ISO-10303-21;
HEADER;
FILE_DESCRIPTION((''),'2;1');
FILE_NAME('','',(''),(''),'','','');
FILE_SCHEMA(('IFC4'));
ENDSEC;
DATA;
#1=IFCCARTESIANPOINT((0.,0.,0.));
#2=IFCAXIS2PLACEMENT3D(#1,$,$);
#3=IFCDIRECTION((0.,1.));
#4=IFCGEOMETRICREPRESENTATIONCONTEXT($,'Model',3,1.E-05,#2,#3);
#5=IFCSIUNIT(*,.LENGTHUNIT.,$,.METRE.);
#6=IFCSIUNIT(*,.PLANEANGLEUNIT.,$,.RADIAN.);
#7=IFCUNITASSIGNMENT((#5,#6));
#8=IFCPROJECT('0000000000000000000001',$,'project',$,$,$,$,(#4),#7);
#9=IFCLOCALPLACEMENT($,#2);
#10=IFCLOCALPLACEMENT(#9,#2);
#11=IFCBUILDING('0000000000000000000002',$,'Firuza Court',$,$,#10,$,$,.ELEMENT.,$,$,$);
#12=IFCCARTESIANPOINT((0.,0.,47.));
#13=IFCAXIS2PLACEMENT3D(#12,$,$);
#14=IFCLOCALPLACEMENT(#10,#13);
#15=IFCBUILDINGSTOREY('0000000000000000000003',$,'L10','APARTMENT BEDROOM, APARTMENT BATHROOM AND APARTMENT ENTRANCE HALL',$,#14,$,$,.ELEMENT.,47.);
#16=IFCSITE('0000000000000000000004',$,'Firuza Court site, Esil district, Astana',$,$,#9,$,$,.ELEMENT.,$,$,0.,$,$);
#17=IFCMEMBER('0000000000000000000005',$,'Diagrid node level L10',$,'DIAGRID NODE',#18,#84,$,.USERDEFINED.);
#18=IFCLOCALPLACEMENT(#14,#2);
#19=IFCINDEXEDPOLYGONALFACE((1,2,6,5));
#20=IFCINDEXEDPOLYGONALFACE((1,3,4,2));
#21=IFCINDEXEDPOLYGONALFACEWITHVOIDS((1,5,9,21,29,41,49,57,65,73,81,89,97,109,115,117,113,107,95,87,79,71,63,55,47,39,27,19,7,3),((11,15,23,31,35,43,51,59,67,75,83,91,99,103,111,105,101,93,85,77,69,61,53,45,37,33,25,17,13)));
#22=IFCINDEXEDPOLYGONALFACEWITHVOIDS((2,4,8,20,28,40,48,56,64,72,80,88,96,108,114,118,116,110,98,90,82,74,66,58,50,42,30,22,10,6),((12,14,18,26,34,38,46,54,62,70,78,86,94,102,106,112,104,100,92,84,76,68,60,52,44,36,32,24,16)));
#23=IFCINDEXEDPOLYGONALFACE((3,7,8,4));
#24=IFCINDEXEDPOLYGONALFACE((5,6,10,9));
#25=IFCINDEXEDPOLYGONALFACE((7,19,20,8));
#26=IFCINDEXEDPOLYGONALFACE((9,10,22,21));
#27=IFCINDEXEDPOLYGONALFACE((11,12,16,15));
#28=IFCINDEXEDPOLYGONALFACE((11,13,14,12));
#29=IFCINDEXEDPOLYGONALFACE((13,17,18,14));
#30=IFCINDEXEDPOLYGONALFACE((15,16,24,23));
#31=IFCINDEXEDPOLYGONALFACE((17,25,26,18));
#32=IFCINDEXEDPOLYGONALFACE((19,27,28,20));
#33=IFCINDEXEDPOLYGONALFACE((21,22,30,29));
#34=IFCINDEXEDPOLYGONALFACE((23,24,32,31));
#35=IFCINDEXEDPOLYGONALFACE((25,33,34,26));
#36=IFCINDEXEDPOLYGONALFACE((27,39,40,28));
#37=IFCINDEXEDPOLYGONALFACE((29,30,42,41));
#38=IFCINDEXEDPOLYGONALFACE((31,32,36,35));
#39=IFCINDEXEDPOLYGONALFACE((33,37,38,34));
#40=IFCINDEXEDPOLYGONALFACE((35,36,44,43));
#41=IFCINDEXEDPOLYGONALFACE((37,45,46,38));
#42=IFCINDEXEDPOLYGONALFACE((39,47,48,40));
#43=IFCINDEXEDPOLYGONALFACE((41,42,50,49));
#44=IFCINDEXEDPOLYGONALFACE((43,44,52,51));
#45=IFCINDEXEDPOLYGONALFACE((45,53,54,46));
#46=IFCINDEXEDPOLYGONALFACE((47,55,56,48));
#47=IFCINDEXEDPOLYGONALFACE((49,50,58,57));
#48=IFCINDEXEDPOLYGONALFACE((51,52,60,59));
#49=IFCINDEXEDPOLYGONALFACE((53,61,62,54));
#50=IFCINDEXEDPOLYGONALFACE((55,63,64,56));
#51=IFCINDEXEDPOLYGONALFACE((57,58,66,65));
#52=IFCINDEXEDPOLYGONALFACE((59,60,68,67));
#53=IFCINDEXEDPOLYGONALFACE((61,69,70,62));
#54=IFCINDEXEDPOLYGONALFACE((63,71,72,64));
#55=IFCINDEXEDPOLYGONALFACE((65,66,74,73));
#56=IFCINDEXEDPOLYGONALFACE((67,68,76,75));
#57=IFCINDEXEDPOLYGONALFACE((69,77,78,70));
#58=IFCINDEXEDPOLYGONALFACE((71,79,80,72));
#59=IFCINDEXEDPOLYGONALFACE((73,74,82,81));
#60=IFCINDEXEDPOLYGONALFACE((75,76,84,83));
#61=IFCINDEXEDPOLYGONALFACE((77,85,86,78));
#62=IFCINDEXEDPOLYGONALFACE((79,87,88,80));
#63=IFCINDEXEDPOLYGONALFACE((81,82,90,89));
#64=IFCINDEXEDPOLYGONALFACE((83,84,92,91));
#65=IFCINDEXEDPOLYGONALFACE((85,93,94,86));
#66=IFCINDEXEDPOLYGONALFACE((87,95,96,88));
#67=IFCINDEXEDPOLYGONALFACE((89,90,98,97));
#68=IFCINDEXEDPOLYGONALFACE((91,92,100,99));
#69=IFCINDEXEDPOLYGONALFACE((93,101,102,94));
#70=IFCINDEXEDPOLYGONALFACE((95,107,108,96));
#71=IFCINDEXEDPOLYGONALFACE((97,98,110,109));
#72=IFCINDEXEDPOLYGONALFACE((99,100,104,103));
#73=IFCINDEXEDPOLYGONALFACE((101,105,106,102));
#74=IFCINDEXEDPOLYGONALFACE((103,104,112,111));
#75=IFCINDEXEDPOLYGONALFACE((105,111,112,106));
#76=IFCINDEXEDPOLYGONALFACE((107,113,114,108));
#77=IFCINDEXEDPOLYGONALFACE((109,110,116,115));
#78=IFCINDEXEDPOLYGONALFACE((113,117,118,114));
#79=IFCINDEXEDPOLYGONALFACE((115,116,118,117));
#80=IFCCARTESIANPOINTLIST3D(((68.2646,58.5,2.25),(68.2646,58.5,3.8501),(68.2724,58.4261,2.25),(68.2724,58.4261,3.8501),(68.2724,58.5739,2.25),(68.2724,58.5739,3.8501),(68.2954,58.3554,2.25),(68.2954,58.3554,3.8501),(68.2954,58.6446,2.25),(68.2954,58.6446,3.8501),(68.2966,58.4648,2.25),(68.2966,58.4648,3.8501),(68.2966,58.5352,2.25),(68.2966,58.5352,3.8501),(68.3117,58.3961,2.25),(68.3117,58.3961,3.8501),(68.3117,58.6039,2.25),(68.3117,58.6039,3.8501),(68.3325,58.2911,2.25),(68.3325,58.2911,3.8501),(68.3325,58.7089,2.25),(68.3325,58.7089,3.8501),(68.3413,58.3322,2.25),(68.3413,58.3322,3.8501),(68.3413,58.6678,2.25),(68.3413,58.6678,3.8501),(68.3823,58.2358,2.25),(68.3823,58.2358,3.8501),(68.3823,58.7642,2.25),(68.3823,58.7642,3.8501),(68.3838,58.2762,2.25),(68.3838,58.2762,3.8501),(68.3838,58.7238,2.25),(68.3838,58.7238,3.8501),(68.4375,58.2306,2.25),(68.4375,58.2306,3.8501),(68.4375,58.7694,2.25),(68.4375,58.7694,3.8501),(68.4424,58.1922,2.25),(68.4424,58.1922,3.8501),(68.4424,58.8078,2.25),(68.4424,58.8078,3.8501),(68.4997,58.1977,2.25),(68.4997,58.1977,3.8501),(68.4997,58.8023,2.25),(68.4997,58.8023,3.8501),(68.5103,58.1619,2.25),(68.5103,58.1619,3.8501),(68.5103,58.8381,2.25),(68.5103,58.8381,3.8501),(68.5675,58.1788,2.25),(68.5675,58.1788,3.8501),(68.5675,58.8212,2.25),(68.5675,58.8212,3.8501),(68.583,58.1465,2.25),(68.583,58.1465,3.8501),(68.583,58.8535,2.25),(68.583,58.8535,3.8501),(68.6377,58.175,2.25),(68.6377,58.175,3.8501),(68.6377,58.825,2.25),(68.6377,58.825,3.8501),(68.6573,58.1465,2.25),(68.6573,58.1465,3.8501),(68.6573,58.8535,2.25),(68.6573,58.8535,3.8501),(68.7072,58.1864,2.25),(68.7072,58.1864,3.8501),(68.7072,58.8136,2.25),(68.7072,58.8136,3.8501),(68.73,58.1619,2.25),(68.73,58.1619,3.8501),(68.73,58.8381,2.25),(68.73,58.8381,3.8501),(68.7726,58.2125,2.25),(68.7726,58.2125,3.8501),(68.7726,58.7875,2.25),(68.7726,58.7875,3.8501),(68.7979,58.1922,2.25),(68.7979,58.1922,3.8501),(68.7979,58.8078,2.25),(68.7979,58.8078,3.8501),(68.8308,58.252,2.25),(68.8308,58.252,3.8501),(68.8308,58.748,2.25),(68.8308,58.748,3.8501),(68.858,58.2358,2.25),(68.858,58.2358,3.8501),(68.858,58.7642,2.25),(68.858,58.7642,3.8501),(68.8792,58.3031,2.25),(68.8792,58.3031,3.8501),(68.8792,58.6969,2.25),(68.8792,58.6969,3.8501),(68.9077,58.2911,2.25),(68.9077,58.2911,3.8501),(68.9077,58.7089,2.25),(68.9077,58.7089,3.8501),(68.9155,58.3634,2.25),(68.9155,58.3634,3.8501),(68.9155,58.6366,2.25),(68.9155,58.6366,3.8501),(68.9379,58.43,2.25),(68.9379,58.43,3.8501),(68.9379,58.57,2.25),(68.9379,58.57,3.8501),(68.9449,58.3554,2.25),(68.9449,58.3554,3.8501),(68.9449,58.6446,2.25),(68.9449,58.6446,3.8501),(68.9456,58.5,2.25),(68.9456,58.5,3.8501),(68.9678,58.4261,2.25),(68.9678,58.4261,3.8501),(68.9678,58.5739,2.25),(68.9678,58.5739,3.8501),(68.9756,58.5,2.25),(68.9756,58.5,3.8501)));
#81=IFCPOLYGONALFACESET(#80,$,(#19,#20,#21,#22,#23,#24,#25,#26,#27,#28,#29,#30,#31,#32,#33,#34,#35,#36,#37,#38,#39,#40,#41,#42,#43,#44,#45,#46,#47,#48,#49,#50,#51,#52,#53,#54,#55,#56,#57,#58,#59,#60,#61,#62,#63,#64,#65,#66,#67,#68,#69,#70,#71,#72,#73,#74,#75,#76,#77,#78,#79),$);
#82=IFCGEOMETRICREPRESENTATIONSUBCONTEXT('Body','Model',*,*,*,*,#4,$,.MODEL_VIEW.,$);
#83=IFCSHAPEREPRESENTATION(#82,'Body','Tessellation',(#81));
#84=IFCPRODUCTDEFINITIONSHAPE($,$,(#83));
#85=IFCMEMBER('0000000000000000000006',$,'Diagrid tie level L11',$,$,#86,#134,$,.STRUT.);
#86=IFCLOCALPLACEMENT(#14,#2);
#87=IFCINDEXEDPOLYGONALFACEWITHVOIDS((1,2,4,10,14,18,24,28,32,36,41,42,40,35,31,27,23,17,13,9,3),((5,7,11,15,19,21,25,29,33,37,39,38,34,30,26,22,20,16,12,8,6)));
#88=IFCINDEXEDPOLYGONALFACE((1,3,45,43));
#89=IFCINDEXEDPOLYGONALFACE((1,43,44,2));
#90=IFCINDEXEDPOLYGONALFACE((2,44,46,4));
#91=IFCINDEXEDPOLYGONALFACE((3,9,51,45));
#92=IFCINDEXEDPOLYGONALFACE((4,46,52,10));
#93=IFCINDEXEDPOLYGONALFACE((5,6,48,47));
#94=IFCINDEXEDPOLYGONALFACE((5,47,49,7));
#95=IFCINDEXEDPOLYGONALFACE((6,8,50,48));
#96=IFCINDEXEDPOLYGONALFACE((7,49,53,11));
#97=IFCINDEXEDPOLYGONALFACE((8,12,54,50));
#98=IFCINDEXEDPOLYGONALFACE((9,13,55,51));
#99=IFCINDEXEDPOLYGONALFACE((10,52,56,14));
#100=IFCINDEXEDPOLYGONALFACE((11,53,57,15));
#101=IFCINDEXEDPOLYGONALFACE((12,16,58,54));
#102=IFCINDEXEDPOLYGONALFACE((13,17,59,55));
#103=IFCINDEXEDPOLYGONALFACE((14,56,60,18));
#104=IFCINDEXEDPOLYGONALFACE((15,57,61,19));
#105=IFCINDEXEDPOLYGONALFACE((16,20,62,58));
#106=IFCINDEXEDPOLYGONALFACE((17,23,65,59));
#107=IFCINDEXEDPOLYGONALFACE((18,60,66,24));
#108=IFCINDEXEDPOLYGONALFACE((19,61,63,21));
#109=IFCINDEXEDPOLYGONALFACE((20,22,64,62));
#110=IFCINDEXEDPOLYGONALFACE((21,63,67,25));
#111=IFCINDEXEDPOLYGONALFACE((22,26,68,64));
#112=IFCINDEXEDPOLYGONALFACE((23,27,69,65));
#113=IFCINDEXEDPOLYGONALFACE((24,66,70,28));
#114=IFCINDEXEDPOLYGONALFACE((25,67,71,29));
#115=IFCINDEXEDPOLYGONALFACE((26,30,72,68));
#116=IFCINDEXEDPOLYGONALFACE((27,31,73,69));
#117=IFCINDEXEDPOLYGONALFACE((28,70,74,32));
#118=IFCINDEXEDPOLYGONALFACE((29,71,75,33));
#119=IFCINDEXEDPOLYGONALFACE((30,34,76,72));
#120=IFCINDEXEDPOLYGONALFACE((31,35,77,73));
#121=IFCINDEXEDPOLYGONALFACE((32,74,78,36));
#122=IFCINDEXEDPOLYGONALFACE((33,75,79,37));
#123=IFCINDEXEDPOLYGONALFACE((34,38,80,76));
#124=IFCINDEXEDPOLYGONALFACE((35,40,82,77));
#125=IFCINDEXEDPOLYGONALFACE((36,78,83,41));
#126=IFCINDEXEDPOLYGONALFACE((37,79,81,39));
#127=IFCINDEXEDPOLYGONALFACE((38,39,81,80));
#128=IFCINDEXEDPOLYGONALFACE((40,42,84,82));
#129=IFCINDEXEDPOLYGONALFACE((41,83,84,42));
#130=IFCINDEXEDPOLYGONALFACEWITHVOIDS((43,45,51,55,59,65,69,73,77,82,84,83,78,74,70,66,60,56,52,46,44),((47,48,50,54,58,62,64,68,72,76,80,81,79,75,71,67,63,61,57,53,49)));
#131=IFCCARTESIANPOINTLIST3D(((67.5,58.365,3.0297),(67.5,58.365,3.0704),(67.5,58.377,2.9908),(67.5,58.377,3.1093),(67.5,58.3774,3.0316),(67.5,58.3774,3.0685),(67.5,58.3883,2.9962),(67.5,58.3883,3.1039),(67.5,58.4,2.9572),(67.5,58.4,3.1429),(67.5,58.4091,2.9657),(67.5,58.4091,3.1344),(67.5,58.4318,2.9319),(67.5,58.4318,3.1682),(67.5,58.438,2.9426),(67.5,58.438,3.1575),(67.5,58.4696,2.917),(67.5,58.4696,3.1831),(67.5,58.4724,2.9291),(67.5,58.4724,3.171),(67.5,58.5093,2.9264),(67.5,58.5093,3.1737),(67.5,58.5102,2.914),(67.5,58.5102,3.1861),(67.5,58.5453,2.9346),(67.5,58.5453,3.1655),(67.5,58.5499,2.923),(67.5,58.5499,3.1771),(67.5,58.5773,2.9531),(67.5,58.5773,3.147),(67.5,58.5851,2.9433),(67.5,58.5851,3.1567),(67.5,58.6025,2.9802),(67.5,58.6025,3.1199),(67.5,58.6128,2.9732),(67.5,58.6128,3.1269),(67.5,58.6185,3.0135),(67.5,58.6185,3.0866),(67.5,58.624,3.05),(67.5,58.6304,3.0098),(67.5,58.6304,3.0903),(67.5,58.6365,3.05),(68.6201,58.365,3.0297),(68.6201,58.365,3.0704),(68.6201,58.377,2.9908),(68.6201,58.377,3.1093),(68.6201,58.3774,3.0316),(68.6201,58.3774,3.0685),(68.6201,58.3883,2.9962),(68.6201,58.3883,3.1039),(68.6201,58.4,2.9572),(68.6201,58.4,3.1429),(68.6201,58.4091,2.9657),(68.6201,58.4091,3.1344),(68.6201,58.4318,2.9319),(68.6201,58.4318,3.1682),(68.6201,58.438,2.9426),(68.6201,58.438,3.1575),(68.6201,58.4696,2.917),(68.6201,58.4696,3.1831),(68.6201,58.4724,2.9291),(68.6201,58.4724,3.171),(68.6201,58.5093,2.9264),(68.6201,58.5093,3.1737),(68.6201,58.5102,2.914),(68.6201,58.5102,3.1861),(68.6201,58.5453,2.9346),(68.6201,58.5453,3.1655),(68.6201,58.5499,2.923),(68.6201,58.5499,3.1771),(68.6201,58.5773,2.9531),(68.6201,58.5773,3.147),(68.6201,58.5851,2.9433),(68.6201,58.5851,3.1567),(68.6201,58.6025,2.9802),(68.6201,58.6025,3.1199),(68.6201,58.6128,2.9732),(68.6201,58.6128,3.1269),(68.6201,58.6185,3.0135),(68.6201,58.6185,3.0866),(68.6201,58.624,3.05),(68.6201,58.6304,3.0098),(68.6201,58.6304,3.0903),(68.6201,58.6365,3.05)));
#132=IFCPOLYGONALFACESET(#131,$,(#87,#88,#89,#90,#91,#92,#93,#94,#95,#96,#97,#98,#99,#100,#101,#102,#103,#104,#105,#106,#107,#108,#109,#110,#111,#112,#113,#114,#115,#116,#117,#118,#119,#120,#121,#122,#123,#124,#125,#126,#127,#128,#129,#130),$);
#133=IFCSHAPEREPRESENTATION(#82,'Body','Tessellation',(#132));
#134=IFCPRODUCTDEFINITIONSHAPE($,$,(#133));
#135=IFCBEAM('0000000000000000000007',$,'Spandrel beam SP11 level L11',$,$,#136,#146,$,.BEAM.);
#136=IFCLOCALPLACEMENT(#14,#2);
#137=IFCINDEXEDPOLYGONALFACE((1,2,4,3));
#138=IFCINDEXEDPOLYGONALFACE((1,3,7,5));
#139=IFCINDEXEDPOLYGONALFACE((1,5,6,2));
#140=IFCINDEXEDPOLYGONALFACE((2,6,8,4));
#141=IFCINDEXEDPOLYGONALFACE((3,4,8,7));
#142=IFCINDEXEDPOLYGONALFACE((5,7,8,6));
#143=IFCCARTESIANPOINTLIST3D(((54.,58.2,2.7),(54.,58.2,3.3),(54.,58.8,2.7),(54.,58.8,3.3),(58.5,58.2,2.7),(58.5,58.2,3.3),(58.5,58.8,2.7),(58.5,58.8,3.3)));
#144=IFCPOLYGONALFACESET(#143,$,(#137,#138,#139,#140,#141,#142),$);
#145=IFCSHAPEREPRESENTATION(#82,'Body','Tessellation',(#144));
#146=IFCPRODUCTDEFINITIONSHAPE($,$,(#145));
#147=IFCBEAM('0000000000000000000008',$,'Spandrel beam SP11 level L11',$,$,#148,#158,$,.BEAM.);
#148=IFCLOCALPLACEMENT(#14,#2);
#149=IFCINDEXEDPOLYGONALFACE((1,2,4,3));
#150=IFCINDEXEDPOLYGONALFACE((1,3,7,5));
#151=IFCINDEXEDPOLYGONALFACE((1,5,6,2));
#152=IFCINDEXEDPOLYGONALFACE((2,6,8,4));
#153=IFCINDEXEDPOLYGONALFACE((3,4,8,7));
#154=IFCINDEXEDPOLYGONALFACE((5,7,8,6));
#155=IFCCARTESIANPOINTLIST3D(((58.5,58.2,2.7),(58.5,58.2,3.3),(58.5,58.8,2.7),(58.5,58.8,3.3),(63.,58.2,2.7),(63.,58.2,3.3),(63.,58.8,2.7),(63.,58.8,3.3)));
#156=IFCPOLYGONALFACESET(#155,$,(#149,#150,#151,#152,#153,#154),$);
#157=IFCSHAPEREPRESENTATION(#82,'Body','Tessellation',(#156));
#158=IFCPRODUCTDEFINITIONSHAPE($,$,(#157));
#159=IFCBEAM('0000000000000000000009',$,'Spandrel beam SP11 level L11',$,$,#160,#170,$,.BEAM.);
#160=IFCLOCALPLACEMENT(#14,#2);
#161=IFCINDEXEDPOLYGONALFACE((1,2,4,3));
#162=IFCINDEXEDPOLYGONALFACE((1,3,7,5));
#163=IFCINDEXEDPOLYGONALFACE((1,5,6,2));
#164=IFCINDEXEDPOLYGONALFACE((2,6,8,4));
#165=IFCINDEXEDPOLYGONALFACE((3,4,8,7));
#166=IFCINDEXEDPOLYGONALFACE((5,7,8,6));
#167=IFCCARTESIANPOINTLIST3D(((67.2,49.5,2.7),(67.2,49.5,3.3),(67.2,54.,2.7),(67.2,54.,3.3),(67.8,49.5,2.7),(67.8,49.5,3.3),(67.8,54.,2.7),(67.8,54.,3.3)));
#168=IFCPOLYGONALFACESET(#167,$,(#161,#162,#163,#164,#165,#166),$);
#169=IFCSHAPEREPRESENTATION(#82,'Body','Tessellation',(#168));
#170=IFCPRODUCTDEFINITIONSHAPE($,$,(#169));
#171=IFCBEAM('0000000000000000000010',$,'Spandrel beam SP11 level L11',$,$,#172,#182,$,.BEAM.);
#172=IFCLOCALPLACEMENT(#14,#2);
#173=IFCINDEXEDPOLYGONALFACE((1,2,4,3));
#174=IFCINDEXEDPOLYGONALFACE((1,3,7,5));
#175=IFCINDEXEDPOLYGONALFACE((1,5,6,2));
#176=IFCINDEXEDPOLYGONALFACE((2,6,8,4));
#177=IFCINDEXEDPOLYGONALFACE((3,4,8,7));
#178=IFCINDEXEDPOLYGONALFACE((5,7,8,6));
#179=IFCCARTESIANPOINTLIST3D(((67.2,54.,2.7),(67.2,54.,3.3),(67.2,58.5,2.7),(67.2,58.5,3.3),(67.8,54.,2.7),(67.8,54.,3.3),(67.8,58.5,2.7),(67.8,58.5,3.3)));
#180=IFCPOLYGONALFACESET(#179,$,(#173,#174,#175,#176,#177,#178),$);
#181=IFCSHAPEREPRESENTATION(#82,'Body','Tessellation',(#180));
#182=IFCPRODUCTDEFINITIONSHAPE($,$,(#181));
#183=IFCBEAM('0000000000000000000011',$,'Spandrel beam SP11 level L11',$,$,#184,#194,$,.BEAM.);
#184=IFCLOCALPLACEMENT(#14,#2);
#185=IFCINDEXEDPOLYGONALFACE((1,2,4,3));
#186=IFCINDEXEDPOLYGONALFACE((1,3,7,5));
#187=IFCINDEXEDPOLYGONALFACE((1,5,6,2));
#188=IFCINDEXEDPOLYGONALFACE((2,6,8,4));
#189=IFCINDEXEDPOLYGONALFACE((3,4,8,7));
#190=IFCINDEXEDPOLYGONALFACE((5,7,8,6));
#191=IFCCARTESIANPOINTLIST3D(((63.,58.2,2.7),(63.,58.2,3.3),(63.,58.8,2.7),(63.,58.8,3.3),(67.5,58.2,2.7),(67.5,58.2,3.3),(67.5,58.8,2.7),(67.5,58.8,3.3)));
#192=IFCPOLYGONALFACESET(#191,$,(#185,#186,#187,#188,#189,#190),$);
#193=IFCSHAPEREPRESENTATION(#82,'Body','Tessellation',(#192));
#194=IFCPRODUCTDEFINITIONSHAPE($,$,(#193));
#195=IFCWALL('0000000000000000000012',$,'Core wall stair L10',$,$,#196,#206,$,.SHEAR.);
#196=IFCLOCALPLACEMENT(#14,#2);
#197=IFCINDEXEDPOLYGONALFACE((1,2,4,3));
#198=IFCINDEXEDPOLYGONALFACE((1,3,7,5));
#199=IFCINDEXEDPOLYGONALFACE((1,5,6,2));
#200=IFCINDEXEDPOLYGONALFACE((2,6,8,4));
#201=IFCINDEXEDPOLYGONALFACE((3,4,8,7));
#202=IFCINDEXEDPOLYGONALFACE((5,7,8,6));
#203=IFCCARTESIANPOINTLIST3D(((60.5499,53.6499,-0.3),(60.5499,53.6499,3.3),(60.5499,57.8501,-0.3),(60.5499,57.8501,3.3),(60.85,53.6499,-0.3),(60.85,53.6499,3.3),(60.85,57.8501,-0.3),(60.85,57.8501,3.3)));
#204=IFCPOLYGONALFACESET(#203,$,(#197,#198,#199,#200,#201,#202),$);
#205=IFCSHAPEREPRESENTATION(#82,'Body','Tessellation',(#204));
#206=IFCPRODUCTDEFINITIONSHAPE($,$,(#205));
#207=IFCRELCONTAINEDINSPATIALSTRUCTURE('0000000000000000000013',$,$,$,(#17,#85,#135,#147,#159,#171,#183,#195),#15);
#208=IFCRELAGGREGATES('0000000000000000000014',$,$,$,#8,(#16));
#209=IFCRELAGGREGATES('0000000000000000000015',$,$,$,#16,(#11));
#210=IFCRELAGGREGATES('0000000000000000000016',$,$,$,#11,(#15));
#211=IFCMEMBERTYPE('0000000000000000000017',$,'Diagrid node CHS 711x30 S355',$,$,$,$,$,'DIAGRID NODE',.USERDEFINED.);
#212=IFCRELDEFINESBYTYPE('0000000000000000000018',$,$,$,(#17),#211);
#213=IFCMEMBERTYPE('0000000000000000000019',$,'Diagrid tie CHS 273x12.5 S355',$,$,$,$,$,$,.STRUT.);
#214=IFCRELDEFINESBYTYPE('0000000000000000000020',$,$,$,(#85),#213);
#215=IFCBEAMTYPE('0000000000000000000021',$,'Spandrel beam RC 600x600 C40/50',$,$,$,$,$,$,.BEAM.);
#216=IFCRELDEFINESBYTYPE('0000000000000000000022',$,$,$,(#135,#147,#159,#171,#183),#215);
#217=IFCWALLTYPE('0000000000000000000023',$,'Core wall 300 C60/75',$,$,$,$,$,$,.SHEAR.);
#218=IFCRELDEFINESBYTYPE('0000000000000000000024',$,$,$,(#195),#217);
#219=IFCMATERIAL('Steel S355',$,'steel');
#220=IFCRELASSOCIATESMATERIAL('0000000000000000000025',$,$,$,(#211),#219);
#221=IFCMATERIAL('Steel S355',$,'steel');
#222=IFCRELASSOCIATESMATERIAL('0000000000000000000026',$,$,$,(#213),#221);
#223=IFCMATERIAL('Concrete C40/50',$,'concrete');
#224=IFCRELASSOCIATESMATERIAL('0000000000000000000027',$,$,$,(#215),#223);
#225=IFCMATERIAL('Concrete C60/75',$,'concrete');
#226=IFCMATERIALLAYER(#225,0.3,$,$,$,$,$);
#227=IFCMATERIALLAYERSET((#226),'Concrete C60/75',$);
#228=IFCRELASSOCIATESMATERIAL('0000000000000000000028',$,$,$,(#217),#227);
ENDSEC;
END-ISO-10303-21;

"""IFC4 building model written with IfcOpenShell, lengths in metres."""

from ifc_helpers import new_model, si_unit, direction, frame, frame_2d, origin, origin_2d, place, context, subcontext, project, spatial, rectangle, hollow_circle, extrude, material, layer, layer_set, material_profile, profile_set, type_object, element, save


model = new_model("IFC4")

# Units and contexts
model_context = context("Model", 3, precision=1e-05, world=origin(), true_north=direction((0.0, 1.0)))
body_context = subcontext(model_context, "Body", "Model", "MODEL_VIEW")
ifc_project = project(units=[si_unit("LENGTHUNIT", "METRE"), si_unit("PLANEANGLEUNIT", "RADIAN")], contexts=[model_context])

# Site, building, storey
site_placement = place(None, origin())
site = spatial("IfcSite", under=ifc_project, at=site_placement, Name="Firuza Court site, Esil district, Astana", CompositionType="ELEMENT", RefElevation=0.0)
building_placement = place(site_placement, origin())
building = spatial("IfcBuilding", under=site, at=building_placement, Name="Firuza Court", CompositionType="ELEMENT")
storey_placement = place(building_placement, frame((0.0, 0.0, 47.0)))
storey = spatial("IfcBuildingStorey", under=building, at=storey_placement, Name="L10", Description="APARTMENT BEDROOM, APARTMENT BATHROOM AND APARTMENT ENTRANCE HALL", CompositionType="ELEMENT", Elevation=47.0)

# Members
ifc_material_1 = material(Name="Steel S355", Category="steel")
ifc_material_profile_1 = material_profile(ifc_material_1, hollow_circle(Radius=0.3555, WallThickness=0.03, at=origin_2d()), Name="CHS 711x30")
ifc_profile_set_1 = profile_set([ifc_material_profile_1], Name="Steel S355")
member_type_1 = type_object("IfcMemberType", Name="Diagrid node CHS 711x30 S355", ElementType="DIAGRID NODE", PredefinedType="USERDEFINED", material=ifc_profile_set_1)
for number, where, z_axis, x_axis, name in (
    (1, (68.6201, 58.5, 2.25), (0.0, 0.0, 1.0), (1.0, 0.0, 0.0), "Diagrid node level L10"),
):
    element("IfcMember", number, at=place(storey_placement, frame(where, z_axis=z_axis, x_axis=x_axis)), inside=storey, type_object=member_type_1, Name=name, ObjectType="DIAGRID NODE", PredefinedType="USERDEFINED", context=body_context, shape_type="SweptSolid", body=[
        extrude(hollow_circle(Radius=0.3555, WallThickness=0.03, at=origin_2d()), origin(), (0.0, 0.0, 1.0), 1.6001),
    ])
ifc_material_2 = material(Name="Steel S355", Category="steel")
ifc_material_profile_2 = material_profile(ifc_material_2, hollow_circle(Radius=0.1365, WallThickness=0.0125, at=origin_2d()), Name="CHS 273x12.5")
ifc_profile_set_2 = profile_set([ifc_material_profile_2], Name="Steel S355")
member_type_2 = type_object("IfcMemberType", Name="Diagrid tie CHS 273x12.5 S355", PredefinedType="STRUT", material=ifc_profile_set_2)
member_placement = place(storey_placement, frame((67.5, 58.5, 3.05), z_axis=(1.0, 0.0, 0.0), x_axis=(0.0, 1.0, 0.0)))
element("IfcMember", 2, at=member_placement, inside=storey, type_object=member_type_2, Name="Diagrid tie level L11", PredefinedType="STRUT", context=body_context, shape_type="SweptSolid", body=[
    extrude(hollow_circle(Radius=0.1365, WallThickness=0.0125, at=origin_2d()), origin(), (0.0, 0.0, 1.0), 1.1201),
])

# Beams
ifc_material_3 = material(Name="Concrete C40/50", Category="concrete")
ifc_material_profile_3 = material_profile(ifc_material_3, rectangle(XDim=0.6001, YDim=0.6001, at=origin_2d()), Name="RC 600x600")
ifc_profile_set_3 = profile_set([ifc_material_profile_3], Name="Concrete C40/50")
beam_type_1 = type_object("IfcBeamType", Name="Spandrel beam RC 600x600 C40/50", PredefinedType="BEAM", material=ifc_profile_set_3)
for number, where, z_axis, x_axis, name in (
    (3, (58.5, 58.5, 3.0), (-1.0, 0.0, 0.0), (0.0, -1.0, 0.0), "Spandrel beam SP11 level L11"),
    (4, (63.0, 58.5, 3.0), (-1.0, 0.0, 0.0), (0.0, -1.0, 0.0), "Spandrel beam SP11 level L11"),
    (5, (67.5, 49.5, 3.0), (0.0, 1.0, 0.0), (-1.0, 0.0, 0.0), "Spandrel beam SP11 level L11"),
    (6, (67.5, 54.0, 3.0), (0.0, 1.0, 0.0), (-1.0, 0.0, 0.0), "Spandrel beam SP11 level L11"),
    (7, (67.5, 58.5, 3.0), (-1.0, 0.0, 0.0), (0.0, -1.0, 0.0), "Spandrel beam SP11 level L11"),
):
    element("IfcBeam", number, at=place(storey_placement, frame(where, z_axis=z_axis, x_axis=x_axis)), inside=storey, type_object=beam_type_1, Name=name, PredefinedType="BEAM", context=body_context, shape_type="SweptSolid", body=[
        extrude(rectangle(XDim=0.6001, YDim=0.6001, at=origin_2d()), origin(), (0.0, 0.0, 1.0), 4.5),
    ])

# Wall
ifc_material_4 = material(Name="Concrete C60/75", Category="concrete")
ifc_layer_1 = layer(ifc_material_4, 0.3)
ifc_layer_set_1 = layer_set([ifc_layer_1], Name="Concrete C60/75")
wall_type_1 = type_object("IfcWallType", Name="Core wall 300 C60/75", PredefinedType="SHEAR", material=ifc_layer_set_1)
wall_1_placement = place(storey_placement, frame((60.7, 53.6499, -0.3), z_axis=(0.0, 0.0, 1.0), x_axis=(0.0, 1.0, 0.0)))
element("IfcWall", 8, at=wall_1_placement, inside=storey, type_object=wall_type_1, Name="Core wall stair L10", PredefinedType="SHEAR", context=body_context, shape_type="SweptSolid", body=[
    extrude(rectangle(XDim=4.2002, YDim=0.3, at=frame_2d((2.1001, 0.0))), origin(), (0.0, 0.0, 1.0), 3.6001),
])

save(model, "model.ifc")
